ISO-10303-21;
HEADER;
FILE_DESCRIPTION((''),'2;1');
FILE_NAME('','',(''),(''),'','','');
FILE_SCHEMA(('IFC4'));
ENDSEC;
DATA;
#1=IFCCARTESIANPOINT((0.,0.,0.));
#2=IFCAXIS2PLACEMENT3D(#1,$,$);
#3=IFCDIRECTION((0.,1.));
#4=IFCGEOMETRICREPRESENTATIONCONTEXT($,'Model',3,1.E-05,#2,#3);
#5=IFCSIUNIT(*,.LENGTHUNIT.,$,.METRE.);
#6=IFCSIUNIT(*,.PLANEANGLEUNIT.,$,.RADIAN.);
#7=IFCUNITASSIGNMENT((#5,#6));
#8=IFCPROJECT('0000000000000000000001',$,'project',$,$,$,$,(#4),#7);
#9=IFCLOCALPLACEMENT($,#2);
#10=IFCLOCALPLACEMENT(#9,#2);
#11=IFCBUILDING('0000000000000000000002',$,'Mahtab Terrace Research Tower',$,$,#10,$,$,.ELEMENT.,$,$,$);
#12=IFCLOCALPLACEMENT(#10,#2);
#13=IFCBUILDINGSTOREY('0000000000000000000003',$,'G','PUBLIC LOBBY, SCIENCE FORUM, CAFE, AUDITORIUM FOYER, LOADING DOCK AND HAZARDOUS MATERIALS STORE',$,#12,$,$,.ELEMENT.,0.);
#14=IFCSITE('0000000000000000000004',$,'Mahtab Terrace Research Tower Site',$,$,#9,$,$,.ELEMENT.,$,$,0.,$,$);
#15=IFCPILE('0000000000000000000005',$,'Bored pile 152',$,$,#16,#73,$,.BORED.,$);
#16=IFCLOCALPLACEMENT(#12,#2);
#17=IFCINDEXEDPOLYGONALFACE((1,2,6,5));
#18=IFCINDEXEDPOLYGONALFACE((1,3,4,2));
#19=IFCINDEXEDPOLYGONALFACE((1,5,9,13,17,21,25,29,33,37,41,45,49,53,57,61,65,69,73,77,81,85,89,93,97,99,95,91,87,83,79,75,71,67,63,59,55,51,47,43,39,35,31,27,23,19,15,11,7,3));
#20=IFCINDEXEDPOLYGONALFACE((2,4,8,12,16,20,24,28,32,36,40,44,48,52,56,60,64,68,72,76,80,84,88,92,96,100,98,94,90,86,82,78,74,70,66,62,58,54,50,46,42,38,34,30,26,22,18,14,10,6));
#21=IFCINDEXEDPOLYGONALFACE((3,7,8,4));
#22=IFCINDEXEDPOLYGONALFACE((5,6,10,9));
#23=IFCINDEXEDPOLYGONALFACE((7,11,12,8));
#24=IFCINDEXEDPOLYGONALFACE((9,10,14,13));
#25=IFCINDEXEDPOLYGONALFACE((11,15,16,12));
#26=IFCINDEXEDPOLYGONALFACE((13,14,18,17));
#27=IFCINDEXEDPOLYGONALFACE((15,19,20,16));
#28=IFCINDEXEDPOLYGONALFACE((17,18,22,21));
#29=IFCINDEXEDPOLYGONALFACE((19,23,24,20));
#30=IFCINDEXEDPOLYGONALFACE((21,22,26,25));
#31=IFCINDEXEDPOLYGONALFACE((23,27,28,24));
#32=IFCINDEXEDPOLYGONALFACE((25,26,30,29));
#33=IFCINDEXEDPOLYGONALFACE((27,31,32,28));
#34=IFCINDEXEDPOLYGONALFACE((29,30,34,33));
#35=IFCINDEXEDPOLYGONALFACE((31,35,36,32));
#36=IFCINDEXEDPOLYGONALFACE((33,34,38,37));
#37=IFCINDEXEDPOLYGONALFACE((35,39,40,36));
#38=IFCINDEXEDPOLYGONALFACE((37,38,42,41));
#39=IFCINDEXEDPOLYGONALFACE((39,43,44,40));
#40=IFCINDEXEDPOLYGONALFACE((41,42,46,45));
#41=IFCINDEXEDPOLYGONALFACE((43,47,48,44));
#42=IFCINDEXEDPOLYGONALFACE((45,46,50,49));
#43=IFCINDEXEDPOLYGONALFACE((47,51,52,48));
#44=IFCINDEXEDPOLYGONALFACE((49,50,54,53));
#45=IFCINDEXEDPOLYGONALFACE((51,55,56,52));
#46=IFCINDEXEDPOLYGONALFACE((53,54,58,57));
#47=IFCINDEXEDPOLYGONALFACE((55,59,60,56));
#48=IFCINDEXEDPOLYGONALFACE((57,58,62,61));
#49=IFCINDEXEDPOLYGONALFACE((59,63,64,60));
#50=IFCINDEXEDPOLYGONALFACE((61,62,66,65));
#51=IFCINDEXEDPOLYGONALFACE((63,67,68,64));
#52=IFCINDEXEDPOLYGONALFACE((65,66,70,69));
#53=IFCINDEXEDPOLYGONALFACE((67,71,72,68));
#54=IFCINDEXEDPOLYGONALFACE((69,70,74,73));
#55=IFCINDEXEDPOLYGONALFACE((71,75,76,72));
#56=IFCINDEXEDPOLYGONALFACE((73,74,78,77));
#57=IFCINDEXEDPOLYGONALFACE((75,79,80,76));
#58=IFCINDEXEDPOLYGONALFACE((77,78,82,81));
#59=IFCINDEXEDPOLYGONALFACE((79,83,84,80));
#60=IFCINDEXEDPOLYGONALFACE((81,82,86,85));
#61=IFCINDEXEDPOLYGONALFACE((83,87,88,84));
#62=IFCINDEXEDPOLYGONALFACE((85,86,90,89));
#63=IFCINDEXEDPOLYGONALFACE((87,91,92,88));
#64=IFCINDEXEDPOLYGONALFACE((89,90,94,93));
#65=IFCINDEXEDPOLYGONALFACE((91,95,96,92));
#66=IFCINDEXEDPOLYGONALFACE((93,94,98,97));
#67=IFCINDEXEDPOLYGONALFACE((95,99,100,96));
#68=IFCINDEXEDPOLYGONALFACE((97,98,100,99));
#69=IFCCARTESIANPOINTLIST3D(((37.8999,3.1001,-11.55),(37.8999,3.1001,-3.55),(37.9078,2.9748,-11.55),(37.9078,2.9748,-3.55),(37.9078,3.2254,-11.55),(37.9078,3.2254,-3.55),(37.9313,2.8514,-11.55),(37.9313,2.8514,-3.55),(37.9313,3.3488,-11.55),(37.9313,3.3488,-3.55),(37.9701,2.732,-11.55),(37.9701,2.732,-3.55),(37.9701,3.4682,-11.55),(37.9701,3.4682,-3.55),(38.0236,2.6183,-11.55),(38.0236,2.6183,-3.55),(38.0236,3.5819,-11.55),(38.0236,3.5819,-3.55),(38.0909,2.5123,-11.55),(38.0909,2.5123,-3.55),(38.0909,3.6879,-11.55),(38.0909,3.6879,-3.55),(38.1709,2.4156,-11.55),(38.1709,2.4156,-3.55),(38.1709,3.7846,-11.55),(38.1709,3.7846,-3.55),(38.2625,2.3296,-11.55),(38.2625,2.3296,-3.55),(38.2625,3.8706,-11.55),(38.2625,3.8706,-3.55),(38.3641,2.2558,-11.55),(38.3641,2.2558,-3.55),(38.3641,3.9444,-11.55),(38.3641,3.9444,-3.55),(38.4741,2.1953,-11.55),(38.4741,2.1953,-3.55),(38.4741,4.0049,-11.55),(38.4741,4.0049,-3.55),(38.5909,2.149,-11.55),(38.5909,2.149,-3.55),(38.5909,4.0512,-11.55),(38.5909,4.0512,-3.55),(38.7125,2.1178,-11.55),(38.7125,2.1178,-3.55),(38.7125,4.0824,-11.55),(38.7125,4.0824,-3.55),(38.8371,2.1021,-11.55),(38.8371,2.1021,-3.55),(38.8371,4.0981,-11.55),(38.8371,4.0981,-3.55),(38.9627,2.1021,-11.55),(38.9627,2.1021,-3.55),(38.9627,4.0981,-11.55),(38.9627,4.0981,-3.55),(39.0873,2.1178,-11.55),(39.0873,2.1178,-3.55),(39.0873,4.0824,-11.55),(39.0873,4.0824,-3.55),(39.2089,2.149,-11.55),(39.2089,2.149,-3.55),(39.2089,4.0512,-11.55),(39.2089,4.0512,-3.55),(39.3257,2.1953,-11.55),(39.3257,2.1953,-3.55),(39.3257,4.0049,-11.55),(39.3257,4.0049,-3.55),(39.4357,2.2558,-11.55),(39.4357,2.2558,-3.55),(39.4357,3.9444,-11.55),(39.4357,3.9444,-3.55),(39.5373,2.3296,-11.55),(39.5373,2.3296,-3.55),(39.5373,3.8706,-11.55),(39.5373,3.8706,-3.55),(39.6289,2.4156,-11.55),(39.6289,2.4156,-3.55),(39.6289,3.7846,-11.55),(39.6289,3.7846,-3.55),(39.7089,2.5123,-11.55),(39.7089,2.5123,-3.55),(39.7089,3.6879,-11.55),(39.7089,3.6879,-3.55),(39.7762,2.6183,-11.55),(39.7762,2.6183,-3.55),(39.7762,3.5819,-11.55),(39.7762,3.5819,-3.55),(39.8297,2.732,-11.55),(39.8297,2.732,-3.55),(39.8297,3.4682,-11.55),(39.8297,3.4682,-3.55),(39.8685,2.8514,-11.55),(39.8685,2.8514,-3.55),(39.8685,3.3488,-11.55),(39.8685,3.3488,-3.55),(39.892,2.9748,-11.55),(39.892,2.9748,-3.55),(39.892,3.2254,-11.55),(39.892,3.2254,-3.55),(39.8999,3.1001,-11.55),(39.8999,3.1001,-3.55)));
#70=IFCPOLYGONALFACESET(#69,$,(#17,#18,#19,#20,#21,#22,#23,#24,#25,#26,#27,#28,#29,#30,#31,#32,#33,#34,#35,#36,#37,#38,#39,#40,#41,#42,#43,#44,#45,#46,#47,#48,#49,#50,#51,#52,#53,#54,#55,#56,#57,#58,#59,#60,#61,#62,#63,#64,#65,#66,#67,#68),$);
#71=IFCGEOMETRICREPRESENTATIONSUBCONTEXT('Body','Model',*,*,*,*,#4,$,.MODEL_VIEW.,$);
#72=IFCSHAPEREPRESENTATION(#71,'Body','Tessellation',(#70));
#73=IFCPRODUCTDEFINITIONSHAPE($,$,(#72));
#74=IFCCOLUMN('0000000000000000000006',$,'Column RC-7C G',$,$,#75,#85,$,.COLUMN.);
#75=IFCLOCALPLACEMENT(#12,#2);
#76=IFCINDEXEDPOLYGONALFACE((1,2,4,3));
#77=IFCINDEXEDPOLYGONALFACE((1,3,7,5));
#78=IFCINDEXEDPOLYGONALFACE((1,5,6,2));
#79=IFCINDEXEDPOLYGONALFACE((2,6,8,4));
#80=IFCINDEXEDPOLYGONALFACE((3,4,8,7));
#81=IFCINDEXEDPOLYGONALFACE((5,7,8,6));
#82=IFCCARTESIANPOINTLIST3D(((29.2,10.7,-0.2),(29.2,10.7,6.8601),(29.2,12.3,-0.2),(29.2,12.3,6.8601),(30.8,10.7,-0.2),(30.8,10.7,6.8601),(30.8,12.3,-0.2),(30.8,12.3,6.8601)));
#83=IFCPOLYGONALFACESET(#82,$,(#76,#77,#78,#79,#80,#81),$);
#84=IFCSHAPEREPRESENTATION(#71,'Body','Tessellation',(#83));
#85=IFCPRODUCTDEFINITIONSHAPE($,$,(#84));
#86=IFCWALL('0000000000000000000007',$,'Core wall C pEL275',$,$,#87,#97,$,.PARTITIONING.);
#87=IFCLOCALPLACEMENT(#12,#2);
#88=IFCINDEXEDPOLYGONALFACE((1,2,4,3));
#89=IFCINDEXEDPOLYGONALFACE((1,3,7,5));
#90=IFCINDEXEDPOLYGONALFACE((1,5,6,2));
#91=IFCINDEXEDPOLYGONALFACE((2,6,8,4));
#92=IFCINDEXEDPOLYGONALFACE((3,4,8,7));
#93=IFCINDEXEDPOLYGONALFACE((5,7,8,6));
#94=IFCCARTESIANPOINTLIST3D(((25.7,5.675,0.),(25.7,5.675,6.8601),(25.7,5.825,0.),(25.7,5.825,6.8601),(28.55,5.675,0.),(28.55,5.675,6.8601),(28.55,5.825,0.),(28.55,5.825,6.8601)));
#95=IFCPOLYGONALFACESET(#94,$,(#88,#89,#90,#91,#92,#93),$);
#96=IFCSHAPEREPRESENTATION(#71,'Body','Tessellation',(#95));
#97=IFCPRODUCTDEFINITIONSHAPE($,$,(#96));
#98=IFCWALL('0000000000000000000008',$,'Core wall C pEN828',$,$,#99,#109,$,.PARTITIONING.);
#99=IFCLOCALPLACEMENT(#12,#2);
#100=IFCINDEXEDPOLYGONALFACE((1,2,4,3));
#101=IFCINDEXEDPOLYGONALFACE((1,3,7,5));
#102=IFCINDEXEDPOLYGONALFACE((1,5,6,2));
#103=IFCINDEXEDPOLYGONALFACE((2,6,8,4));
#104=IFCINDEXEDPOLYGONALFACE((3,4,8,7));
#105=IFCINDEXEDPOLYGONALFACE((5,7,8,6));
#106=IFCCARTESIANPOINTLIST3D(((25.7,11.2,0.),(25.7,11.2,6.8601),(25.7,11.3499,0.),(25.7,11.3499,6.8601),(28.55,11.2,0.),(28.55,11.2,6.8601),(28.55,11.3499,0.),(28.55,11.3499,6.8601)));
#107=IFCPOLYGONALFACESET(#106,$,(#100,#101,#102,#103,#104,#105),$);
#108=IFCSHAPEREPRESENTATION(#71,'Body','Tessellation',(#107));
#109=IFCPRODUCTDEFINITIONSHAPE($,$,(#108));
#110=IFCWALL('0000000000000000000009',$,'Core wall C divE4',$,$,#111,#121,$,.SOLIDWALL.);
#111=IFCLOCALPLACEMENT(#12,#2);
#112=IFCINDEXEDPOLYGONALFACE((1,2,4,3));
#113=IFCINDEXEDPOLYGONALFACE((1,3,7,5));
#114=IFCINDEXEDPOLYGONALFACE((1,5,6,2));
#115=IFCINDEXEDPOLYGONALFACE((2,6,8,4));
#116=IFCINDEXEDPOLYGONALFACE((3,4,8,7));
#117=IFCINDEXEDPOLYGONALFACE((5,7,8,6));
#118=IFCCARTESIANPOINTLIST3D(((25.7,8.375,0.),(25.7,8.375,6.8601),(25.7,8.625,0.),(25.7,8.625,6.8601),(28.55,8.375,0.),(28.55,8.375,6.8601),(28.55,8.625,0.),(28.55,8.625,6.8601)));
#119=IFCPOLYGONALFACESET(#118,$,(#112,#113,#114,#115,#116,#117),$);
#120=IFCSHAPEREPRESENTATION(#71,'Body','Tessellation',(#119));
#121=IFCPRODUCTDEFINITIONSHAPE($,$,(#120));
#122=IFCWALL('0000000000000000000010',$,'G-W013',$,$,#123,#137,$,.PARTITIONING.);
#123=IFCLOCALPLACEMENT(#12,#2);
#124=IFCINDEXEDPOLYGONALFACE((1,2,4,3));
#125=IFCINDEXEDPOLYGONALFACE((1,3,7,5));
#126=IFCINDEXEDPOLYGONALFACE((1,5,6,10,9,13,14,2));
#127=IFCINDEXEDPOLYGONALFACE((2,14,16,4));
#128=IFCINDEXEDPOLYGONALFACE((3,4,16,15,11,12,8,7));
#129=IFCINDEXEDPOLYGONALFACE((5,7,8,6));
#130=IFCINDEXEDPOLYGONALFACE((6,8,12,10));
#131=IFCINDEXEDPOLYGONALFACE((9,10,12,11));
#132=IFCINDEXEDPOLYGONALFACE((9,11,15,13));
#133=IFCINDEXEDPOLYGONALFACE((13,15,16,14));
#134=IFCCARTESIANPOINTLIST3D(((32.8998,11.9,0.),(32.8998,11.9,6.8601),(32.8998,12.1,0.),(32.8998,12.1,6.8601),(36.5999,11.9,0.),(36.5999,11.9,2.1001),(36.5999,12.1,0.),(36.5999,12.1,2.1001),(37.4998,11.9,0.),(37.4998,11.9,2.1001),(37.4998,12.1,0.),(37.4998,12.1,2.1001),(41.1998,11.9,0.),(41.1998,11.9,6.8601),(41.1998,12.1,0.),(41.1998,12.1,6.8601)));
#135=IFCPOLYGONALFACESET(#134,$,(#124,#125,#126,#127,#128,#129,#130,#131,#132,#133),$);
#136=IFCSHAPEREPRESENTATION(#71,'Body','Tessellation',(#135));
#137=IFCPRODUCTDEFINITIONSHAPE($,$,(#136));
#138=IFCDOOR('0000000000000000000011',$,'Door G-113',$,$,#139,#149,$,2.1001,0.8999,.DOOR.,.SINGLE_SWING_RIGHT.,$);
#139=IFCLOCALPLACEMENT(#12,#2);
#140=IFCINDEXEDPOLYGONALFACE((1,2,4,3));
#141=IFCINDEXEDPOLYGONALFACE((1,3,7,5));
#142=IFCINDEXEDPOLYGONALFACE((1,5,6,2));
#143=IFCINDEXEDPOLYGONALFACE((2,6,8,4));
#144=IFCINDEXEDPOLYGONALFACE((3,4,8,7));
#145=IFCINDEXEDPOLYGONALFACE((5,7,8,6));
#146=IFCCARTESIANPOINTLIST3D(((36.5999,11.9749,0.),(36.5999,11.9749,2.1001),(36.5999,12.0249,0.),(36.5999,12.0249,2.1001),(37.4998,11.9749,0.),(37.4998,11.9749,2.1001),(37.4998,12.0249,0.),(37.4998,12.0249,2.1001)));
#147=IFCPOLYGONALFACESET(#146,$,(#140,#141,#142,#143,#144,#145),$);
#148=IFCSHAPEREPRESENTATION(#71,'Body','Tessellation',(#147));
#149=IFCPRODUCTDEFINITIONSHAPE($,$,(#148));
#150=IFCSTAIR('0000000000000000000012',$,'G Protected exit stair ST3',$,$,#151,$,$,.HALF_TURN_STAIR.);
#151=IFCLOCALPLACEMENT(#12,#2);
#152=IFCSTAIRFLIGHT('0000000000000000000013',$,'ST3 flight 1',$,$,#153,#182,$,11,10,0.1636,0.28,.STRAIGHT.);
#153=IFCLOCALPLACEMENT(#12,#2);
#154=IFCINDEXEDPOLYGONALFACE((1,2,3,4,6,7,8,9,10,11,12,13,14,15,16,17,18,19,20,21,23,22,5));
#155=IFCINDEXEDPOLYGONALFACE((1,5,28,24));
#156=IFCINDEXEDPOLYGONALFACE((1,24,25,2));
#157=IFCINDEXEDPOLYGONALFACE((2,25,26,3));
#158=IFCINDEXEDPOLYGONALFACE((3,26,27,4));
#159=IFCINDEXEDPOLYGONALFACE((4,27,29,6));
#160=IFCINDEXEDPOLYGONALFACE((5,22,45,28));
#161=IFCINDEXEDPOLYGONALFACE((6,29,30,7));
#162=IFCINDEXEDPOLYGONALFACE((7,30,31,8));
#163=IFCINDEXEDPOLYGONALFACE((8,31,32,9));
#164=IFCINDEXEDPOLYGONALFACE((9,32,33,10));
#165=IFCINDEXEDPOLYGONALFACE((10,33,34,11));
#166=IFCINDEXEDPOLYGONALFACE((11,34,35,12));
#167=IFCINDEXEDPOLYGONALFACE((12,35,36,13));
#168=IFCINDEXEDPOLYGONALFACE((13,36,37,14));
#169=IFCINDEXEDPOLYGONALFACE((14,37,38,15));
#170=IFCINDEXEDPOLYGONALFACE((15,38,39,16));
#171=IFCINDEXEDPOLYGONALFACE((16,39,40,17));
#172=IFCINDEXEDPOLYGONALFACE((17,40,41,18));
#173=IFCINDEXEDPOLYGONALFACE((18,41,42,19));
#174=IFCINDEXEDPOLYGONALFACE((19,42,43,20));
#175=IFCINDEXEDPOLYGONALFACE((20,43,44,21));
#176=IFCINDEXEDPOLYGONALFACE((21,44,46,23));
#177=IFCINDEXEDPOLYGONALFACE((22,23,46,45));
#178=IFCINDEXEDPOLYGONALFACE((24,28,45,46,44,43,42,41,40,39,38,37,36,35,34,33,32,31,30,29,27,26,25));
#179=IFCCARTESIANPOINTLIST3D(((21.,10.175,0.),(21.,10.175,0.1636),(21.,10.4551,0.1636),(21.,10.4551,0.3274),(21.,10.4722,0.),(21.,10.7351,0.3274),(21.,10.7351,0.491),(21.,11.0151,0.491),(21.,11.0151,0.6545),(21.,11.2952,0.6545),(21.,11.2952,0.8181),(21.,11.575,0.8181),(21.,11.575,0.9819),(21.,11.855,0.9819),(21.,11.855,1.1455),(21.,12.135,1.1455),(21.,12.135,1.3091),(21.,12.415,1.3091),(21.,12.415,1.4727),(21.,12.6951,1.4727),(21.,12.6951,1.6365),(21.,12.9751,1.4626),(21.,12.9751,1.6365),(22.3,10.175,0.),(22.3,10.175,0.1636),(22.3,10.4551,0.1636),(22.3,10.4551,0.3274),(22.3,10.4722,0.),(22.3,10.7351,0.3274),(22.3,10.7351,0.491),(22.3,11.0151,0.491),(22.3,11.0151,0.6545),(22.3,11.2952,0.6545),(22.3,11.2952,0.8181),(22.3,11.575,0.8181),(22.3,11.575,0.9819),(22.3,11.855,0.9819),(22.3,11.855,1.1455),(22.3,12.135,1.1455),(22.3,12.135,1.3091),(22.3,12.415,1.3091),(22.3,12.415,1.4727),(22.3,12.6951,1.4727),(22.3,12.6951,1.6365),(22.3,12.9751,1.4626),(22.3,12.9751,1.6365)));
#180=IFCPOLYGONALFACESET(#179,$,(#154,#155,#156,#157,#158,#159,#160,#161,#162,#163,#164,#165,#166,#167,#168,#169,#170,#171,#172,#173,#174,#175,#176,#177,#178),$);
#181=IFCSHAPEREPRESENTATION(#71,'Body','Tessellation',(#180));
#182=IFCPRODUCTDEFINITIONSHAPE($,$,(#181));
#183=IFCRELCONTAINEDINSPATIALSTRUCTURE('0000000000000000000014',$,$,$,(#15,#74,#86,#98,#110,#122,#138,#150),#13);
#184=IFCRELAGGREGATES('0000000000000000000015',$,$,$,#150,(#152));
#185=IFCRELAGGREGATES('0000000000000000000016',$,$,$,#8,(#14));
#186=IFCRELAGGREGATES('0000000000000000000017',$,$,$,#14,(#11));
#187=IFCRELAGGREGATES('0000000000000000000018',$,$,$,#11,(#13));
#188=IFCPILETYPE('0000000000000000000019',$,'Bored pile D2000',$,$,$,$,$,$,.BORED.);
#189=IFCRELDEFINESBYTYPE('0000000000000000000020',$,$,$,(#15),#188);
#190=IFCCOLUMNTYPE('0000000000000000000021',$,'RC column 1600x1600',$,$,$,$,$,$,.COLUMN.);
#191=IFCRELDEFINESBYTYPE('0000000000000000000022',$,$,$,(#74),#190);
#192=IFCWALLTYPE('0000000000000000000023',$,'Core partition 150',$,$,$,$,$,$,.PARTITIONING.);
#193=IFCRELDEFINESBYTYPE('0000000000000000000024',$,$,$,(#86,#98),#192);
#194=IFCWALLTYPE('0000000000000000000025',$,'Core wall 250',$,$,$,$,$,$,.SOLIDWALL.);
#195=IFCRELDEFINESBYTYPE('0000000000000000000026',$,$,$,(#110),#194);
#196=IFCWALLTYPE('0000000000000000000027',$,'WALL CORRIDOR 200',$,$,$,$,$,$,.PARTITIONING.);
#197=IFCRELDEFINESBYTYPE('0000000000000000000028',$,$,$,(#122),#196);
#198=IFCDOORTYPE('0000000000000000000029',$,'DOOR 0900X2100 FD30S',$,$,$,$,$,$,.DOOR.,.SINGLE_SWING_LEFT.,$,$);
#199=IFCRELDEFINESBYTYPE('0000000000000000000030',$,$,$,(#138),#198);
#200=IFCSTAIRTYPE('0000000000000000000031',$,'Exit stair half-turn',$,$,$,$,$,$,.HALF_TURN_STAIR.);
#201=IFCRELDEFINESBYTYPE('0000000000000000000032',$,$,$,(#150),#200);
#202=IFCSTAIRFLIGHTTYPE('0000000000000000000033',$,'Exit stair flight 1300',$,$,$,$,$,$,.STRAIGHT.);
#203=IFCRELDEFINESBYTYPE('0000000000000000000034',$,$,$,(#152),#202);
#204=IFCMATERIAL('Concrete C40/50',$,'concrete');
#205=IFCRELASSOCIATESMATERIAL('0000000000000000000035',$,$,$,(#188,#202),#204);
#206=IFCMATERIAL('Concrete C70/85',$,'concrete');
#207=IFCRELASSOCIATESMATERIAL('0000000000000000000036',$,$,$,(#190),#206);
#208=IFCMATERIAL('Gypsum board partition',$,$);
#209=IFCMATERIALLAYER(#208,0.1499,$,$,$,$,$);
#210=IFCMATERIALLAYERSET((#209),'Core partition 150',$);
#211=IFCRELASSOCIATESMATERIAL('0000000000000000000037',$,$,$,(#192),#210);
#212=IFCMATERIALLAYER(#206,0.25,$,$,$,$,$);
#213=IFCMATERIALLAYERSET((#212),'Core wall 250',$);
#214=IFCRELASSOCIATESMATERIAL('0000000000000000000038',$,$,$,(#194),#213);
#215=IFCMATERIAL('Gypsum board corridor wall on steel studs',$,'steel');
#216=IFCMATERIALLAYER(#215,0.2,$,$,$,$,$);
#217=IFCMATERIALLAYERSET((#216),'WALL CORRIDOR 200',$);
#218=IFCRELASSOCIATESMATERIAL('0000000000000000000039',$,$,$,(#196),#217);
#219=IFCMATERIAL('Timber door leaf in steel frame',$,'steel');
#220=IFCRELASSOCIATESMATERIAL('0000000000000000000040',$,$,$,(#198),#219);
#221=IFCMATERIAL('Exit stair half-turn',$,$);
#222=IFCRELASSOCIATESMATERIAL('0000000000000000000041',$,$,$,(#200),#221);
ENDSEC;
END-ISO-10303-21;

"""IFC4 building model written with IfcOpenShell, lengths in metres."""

from ifc_helpers import new_model, si_unit, direction, frame, frame_2d, origin, origin_2d, place, context, subcontext, project, spatial, polyline, rectangle, circle, outline, extrude, material, layer, layer_set, material_profile, profile_set, type_object, element, fill, aggregate, save


model = new_model("IFC4")

# Units and contexts
model_context = context("Model", 3, precision=1e-05, world=origin(), true_north=direction((0.0, 1.0)))
body_context = subcontext(model_context, "Body", "Model", "MODEL_VIEW")
ifc_project = project(units=[si_unit("LENGTHUNIT", "METRE"), si_unit("PLANEANGLEUNIT", "RADIAN")], contexts=[model_context])

# Site, building, storey
site_placement = place(None, origin())
site = spatial("IfcSite", under=ifc_project, at=site_placement, Name="Mahtab Terrace Research Tower Site", CompositionType="ELEMENT", RefElevation=0.0)
building_placement = place(site_placement, origin())
building = spatial("IfcBuilding", under=site, at=building_placement, Name="Mahtab Terrace Research Tower", CompositionType="ELEMENT")
storey_placement = place(building_placement, origin())
storey = spatial("IfcBuildingStorey", under=building, at=storey_placement, Name="G", Description="PUBLIC LOBBY, SCIENCE FORUM, CAFE, AUDITORIUM FOYER, LOADING DOCK AND HAZARDOUS MATERIALS STORE", CompositionType="ELEMENT", Elevation=0.0)

# Pile
ifc_material_1 = material(Name="Concrete C40/50", Category="concrete")
ifc_material_profile_1 = material_profile(ifc_material_1, circle(Radius=1.0, at=origin_2d()), Name="Bored pile D2000")
ifc_profile_set_1 = profile_set([ifc_material_profile_1], Name="Concrete C40/50")
pile_type = type_object("IfcPileType", Name="Bored pile D2000", PredefinedType="BORED", material=ifc_profile_set_1)
for number, where, z_axis, x_axis, name in (
    (1, (38.8999, 3.1001, -3.55), (0.0, 0.0, -1.0), (1.0, 0.0, 0.0), "Bored pile 152"),
):
    element("IfcPile", number, at=place(storey_placement, frame(where, z_axis=z_axis, x_axis=x_axis)), inside=storey, type_object=pile_type, Name=name, PredefinedType="BORED", context=body_context, shape_type="SweptSolid", body=[
        extrude(circle(Radius=1.0, at=origin_2d()), origin(), (0.0, 0.0, 1.0), 8.0),
    ])

# Column
ifc_material_2 = material(Name="Concrete C70/85", Category="concrete")
ifc_material_profile_2 = material_profile(ifc_material_2, rectangle(XDim=1.6001, YDim=1.6001, at=origin_2d()), Name="RC column 1600x1600")
ifc_profile_set_2 = profile_set([ifc_material_profile_2], Name="Concrete C70/85")
column_type = type_object("IfcColumnType", Name="RC column 1600x1600", PredefinedType="COLUMN", material=ifc_profile_set_2)
column_placement = place(storey_placement, frame((30.0, 11.5, -0.2), z_axis=(0.0, 0.0, 1.0), x_axis=(1.0, 0.0, 0.0)))
element("IfcColumn", 2, at=column_placement, inside=storey, type_object=column_type, Name="Column RC-7C G", PredefinedType="COLUMN", context=body_context, shape_type="SweptSolid", body=[
    extrude(rectangle(XDim=1.6001, YDim=1.6001, at=origin_2d()), origin(), (0.0, 0.0, 1.0), 7.0601),
])

# Walls
ifc_material_3 = material(Name="Gypsum board partition")
ifc_layer_1 = layer(ifc_material_3, 0.1499)
ifc_layer_set_1 = layer_set([ifc_layer_1], Name="Core partition 150")
wall_type_1 = type_object("IfcWallType", Name="Core partition 150", PredefinedType="PARTITIONING", material=ifc_layer_set_1)
for number, where, z_axis, x_axis, name in (
    (3, (25.7, 5.75, 0.0), (0.0, 0.0, 1.0), (1.0, 0.0, 0.0), "Core wall C pEL275"),
    (4, (25.7, 11.2749, 0.0), (0.0, 0.0, 1.0), (1.0, 0.0, 0.0), "Core wall C pEN828"),
):
    element("IfcWall", number, at=place(storey_placement, frame(where, z_axis=z_axis, x_axis=x_axis)), inside=storey, type_object=wall_type_1, Name=name, PredefinedType="PARTITIONING", context=body_context, shape_type="SweptSolid", body=[
        extrude(rectangle(XDim=2.8501, YDim=0.1499, at=frame_2d((1.425, 0.0))), origin(), (0.0, 0.0, 1.0), 6.8601),
    ])
ifc_layer_2 = layer(ifc_material_2, 0.25)
ifc_layer_set_2 = layer_set([ifc_layer_2], Name="Core wall 250")
wall_type_2 = type_object("IfcWallType", Name="Core wall 250", PredefinedType="SOLIDWALL", material=ifc_layer_set_2)
wall_1_placement = place(storey_placement, frame((25.7, 8.5, 0.0), z_axis=(0.0, 0.0, 1.0), x_axis=(1.0, 0.0, 0.0)))
element("IfcWall", 5, at=wall_1_placement, inside=storey, type_object=wall_type_2, Name="Core wall C divE4", PredefinedType="SOLIDWALL", context=body_context, shape_type="SweptSolid", body=[
    extrude(rectangle(XDim=2.8501, YDim=0.25, at=frame_2d((1.425, 0.0))), origin(), (0.0, 0.0, 1.0), 6.8601),
])

# Wall, opening, door
ifc_material_4 = material(Name="Gypsum board corridor wall on steel studs", Category="steel")
ifc_layer_3 = layer(ifc_material_4, 0.2)
ifc_layer_set_3 = layer_set([ifc_layer_3], Name="WALL CORRIDOR 200")
wall_type_3 = type_object("IfcWallType", Name="WALL CORRIDOR 200", PredefinedType="PARTITIONING", material=ifc_layer_set_3)
wall_2_placement = place(storey_placement, frame((32.8999, 12.0, 0.0), z_axis=(0.0, 0.0, 1.0), x_axis=(1.0, 0.0, 0.0)))
wall_2 = element("IfcWall", 6, at=wall_2_placement, inside=storey, type_object=wall_type_3, Name="G-W013", PredefinedType="PARTITIONING", context=body_context, shape_type="SweptSolid", body=[
    extrude(rectangle(XDim=8.3, YDim=0.2, at=frame_2d((4.1499, 0.0))), origin(), (0.0, 0.0, 1.0), 6.8601),
])
opening_placement = place(wall_2_placement, frame((3.7, 0.0, 0.0)))
opening = element("IfcOpeningElement", 7, at=opening_placement, cuts=wall_2, PredefinedType="OPENING", context=body_context, shape_type="SweptSolid", body=[
    extrude(rectangle(XDim=0.8999, YDim=2.1001, at=frame_2d((0.45, 1.05))), frame((0.0, 0.1099, 0.0), z_axis=(0.0, -1.0, 0.0), x_axis=(1.0, 0.0, 0.0)), (0.0, 0.0, 1.0), 0.22),
])
ifc_material_5 = material(Name="Timber door leaf in steel frame", Category="steel")
door_type = type_object("IfcDoorType", Name="DOOR 0900X2100 FD30S", OperationType="SINGLE_SWING_LEFT", PredefinedType="DOOR", material=ifc_material_5)
door_placement = place(opening_placement, origin())
door = element("IfcDoor", 8, at=door_placement, inside=storey, type_object=door_type, Name="Door G-113", OperationType="SINGLE_SWING_RIGHT", OverallHeight=2.1001, OverallWidth=0.8999, PredefinedType="DOOR", context=body_context, shape_type="SweptSolid", body=[
    extrude(rectangle(XDim=0.8999, YDim=2.1001, at=frame_2d((0.45, 1.05))), frame((0.0, 0.0249, 0.0), z_axis=(0.0, -1.0, 0.0), x_axis=(1.0, 0.0, 0.0)), (0.0, 0.0, 1.0), 0.05),
])
fill(opening, door)

# Stair, stair flight
ifc_material_6 = material(Name="Exit stair half-turn")
stair_type = type_object("IfcStairType", Name="Exit stair half-turn", PredefinedType="HALF_TURN_STAIR", material=ifc_material_6)
stair_placement = place(storey_placement, origin())
stair = element("IfcStair", 9, at=stair_placement, inside=storey, type_object=stair_type, Name="G Protected exit stair ST3", PredefinedType="HALF_TURN_STAIR")
stair_flight_type = type_object("IfcStairFlightType", Name="Exit stair flight 1300", PredefinedType="STRAIGHT", material=ifc_material_1)
stair_flight_1_placement = place(storey_placement, frame((21.6499, 10.175, 0.0), z_axis=(0.0, 0.0, 1.0), x_axis=(0.0, 1.0, 0.0)))
stair_flight_1 = element("IfcStairFlight", 10, at=stair_flight_1_placement, type_object=stair_flight_type, Name="ST3 flight 1", NumberOfRisers=11, NumberOfTreads=10, PredefinedType="STRAIGHT", RiserHeight=0.1636, TreadLength=0.28, context=body_context, shape_type="SweptSolid", body=[
    extrude(outline(polyline([(0.0, 0.0), (0.0, 0.1636), (0.28, 0.1636), (0.28, 0.3274), (0.5601, 0.3274), (0.5601, 0.491), (0.8401, 0.491), (0.8401, 0.6545), (1.1201, 0.6545), (1.1201, 0.8181), (1.3999, 0.8181), (1.3999, 0.9819), (1.6799, 0.9819), (1.6799, 1.1455), (1.96, 1.1455), (1.96, 1.3091), (2.24, 1.3091), (2.24, 1.4727), (2.52, 1.4727), (2.52, 1.6365), (2.8, 1.6365), (2.8, 1.8), (2.8, 1.4626), (0.2971, 0.0), (0.0, 0.0)])), frame((0.0, 0.6499, 0.0), z_axis=(0.0, -1.0, 0.0), x_axis=(1.0, 0.0, 0.0)), (0.0, 0.0, 1.0), 1.3),
])
aggregate(stair, [stair_flight_1])

save(model, "model.ifc")
